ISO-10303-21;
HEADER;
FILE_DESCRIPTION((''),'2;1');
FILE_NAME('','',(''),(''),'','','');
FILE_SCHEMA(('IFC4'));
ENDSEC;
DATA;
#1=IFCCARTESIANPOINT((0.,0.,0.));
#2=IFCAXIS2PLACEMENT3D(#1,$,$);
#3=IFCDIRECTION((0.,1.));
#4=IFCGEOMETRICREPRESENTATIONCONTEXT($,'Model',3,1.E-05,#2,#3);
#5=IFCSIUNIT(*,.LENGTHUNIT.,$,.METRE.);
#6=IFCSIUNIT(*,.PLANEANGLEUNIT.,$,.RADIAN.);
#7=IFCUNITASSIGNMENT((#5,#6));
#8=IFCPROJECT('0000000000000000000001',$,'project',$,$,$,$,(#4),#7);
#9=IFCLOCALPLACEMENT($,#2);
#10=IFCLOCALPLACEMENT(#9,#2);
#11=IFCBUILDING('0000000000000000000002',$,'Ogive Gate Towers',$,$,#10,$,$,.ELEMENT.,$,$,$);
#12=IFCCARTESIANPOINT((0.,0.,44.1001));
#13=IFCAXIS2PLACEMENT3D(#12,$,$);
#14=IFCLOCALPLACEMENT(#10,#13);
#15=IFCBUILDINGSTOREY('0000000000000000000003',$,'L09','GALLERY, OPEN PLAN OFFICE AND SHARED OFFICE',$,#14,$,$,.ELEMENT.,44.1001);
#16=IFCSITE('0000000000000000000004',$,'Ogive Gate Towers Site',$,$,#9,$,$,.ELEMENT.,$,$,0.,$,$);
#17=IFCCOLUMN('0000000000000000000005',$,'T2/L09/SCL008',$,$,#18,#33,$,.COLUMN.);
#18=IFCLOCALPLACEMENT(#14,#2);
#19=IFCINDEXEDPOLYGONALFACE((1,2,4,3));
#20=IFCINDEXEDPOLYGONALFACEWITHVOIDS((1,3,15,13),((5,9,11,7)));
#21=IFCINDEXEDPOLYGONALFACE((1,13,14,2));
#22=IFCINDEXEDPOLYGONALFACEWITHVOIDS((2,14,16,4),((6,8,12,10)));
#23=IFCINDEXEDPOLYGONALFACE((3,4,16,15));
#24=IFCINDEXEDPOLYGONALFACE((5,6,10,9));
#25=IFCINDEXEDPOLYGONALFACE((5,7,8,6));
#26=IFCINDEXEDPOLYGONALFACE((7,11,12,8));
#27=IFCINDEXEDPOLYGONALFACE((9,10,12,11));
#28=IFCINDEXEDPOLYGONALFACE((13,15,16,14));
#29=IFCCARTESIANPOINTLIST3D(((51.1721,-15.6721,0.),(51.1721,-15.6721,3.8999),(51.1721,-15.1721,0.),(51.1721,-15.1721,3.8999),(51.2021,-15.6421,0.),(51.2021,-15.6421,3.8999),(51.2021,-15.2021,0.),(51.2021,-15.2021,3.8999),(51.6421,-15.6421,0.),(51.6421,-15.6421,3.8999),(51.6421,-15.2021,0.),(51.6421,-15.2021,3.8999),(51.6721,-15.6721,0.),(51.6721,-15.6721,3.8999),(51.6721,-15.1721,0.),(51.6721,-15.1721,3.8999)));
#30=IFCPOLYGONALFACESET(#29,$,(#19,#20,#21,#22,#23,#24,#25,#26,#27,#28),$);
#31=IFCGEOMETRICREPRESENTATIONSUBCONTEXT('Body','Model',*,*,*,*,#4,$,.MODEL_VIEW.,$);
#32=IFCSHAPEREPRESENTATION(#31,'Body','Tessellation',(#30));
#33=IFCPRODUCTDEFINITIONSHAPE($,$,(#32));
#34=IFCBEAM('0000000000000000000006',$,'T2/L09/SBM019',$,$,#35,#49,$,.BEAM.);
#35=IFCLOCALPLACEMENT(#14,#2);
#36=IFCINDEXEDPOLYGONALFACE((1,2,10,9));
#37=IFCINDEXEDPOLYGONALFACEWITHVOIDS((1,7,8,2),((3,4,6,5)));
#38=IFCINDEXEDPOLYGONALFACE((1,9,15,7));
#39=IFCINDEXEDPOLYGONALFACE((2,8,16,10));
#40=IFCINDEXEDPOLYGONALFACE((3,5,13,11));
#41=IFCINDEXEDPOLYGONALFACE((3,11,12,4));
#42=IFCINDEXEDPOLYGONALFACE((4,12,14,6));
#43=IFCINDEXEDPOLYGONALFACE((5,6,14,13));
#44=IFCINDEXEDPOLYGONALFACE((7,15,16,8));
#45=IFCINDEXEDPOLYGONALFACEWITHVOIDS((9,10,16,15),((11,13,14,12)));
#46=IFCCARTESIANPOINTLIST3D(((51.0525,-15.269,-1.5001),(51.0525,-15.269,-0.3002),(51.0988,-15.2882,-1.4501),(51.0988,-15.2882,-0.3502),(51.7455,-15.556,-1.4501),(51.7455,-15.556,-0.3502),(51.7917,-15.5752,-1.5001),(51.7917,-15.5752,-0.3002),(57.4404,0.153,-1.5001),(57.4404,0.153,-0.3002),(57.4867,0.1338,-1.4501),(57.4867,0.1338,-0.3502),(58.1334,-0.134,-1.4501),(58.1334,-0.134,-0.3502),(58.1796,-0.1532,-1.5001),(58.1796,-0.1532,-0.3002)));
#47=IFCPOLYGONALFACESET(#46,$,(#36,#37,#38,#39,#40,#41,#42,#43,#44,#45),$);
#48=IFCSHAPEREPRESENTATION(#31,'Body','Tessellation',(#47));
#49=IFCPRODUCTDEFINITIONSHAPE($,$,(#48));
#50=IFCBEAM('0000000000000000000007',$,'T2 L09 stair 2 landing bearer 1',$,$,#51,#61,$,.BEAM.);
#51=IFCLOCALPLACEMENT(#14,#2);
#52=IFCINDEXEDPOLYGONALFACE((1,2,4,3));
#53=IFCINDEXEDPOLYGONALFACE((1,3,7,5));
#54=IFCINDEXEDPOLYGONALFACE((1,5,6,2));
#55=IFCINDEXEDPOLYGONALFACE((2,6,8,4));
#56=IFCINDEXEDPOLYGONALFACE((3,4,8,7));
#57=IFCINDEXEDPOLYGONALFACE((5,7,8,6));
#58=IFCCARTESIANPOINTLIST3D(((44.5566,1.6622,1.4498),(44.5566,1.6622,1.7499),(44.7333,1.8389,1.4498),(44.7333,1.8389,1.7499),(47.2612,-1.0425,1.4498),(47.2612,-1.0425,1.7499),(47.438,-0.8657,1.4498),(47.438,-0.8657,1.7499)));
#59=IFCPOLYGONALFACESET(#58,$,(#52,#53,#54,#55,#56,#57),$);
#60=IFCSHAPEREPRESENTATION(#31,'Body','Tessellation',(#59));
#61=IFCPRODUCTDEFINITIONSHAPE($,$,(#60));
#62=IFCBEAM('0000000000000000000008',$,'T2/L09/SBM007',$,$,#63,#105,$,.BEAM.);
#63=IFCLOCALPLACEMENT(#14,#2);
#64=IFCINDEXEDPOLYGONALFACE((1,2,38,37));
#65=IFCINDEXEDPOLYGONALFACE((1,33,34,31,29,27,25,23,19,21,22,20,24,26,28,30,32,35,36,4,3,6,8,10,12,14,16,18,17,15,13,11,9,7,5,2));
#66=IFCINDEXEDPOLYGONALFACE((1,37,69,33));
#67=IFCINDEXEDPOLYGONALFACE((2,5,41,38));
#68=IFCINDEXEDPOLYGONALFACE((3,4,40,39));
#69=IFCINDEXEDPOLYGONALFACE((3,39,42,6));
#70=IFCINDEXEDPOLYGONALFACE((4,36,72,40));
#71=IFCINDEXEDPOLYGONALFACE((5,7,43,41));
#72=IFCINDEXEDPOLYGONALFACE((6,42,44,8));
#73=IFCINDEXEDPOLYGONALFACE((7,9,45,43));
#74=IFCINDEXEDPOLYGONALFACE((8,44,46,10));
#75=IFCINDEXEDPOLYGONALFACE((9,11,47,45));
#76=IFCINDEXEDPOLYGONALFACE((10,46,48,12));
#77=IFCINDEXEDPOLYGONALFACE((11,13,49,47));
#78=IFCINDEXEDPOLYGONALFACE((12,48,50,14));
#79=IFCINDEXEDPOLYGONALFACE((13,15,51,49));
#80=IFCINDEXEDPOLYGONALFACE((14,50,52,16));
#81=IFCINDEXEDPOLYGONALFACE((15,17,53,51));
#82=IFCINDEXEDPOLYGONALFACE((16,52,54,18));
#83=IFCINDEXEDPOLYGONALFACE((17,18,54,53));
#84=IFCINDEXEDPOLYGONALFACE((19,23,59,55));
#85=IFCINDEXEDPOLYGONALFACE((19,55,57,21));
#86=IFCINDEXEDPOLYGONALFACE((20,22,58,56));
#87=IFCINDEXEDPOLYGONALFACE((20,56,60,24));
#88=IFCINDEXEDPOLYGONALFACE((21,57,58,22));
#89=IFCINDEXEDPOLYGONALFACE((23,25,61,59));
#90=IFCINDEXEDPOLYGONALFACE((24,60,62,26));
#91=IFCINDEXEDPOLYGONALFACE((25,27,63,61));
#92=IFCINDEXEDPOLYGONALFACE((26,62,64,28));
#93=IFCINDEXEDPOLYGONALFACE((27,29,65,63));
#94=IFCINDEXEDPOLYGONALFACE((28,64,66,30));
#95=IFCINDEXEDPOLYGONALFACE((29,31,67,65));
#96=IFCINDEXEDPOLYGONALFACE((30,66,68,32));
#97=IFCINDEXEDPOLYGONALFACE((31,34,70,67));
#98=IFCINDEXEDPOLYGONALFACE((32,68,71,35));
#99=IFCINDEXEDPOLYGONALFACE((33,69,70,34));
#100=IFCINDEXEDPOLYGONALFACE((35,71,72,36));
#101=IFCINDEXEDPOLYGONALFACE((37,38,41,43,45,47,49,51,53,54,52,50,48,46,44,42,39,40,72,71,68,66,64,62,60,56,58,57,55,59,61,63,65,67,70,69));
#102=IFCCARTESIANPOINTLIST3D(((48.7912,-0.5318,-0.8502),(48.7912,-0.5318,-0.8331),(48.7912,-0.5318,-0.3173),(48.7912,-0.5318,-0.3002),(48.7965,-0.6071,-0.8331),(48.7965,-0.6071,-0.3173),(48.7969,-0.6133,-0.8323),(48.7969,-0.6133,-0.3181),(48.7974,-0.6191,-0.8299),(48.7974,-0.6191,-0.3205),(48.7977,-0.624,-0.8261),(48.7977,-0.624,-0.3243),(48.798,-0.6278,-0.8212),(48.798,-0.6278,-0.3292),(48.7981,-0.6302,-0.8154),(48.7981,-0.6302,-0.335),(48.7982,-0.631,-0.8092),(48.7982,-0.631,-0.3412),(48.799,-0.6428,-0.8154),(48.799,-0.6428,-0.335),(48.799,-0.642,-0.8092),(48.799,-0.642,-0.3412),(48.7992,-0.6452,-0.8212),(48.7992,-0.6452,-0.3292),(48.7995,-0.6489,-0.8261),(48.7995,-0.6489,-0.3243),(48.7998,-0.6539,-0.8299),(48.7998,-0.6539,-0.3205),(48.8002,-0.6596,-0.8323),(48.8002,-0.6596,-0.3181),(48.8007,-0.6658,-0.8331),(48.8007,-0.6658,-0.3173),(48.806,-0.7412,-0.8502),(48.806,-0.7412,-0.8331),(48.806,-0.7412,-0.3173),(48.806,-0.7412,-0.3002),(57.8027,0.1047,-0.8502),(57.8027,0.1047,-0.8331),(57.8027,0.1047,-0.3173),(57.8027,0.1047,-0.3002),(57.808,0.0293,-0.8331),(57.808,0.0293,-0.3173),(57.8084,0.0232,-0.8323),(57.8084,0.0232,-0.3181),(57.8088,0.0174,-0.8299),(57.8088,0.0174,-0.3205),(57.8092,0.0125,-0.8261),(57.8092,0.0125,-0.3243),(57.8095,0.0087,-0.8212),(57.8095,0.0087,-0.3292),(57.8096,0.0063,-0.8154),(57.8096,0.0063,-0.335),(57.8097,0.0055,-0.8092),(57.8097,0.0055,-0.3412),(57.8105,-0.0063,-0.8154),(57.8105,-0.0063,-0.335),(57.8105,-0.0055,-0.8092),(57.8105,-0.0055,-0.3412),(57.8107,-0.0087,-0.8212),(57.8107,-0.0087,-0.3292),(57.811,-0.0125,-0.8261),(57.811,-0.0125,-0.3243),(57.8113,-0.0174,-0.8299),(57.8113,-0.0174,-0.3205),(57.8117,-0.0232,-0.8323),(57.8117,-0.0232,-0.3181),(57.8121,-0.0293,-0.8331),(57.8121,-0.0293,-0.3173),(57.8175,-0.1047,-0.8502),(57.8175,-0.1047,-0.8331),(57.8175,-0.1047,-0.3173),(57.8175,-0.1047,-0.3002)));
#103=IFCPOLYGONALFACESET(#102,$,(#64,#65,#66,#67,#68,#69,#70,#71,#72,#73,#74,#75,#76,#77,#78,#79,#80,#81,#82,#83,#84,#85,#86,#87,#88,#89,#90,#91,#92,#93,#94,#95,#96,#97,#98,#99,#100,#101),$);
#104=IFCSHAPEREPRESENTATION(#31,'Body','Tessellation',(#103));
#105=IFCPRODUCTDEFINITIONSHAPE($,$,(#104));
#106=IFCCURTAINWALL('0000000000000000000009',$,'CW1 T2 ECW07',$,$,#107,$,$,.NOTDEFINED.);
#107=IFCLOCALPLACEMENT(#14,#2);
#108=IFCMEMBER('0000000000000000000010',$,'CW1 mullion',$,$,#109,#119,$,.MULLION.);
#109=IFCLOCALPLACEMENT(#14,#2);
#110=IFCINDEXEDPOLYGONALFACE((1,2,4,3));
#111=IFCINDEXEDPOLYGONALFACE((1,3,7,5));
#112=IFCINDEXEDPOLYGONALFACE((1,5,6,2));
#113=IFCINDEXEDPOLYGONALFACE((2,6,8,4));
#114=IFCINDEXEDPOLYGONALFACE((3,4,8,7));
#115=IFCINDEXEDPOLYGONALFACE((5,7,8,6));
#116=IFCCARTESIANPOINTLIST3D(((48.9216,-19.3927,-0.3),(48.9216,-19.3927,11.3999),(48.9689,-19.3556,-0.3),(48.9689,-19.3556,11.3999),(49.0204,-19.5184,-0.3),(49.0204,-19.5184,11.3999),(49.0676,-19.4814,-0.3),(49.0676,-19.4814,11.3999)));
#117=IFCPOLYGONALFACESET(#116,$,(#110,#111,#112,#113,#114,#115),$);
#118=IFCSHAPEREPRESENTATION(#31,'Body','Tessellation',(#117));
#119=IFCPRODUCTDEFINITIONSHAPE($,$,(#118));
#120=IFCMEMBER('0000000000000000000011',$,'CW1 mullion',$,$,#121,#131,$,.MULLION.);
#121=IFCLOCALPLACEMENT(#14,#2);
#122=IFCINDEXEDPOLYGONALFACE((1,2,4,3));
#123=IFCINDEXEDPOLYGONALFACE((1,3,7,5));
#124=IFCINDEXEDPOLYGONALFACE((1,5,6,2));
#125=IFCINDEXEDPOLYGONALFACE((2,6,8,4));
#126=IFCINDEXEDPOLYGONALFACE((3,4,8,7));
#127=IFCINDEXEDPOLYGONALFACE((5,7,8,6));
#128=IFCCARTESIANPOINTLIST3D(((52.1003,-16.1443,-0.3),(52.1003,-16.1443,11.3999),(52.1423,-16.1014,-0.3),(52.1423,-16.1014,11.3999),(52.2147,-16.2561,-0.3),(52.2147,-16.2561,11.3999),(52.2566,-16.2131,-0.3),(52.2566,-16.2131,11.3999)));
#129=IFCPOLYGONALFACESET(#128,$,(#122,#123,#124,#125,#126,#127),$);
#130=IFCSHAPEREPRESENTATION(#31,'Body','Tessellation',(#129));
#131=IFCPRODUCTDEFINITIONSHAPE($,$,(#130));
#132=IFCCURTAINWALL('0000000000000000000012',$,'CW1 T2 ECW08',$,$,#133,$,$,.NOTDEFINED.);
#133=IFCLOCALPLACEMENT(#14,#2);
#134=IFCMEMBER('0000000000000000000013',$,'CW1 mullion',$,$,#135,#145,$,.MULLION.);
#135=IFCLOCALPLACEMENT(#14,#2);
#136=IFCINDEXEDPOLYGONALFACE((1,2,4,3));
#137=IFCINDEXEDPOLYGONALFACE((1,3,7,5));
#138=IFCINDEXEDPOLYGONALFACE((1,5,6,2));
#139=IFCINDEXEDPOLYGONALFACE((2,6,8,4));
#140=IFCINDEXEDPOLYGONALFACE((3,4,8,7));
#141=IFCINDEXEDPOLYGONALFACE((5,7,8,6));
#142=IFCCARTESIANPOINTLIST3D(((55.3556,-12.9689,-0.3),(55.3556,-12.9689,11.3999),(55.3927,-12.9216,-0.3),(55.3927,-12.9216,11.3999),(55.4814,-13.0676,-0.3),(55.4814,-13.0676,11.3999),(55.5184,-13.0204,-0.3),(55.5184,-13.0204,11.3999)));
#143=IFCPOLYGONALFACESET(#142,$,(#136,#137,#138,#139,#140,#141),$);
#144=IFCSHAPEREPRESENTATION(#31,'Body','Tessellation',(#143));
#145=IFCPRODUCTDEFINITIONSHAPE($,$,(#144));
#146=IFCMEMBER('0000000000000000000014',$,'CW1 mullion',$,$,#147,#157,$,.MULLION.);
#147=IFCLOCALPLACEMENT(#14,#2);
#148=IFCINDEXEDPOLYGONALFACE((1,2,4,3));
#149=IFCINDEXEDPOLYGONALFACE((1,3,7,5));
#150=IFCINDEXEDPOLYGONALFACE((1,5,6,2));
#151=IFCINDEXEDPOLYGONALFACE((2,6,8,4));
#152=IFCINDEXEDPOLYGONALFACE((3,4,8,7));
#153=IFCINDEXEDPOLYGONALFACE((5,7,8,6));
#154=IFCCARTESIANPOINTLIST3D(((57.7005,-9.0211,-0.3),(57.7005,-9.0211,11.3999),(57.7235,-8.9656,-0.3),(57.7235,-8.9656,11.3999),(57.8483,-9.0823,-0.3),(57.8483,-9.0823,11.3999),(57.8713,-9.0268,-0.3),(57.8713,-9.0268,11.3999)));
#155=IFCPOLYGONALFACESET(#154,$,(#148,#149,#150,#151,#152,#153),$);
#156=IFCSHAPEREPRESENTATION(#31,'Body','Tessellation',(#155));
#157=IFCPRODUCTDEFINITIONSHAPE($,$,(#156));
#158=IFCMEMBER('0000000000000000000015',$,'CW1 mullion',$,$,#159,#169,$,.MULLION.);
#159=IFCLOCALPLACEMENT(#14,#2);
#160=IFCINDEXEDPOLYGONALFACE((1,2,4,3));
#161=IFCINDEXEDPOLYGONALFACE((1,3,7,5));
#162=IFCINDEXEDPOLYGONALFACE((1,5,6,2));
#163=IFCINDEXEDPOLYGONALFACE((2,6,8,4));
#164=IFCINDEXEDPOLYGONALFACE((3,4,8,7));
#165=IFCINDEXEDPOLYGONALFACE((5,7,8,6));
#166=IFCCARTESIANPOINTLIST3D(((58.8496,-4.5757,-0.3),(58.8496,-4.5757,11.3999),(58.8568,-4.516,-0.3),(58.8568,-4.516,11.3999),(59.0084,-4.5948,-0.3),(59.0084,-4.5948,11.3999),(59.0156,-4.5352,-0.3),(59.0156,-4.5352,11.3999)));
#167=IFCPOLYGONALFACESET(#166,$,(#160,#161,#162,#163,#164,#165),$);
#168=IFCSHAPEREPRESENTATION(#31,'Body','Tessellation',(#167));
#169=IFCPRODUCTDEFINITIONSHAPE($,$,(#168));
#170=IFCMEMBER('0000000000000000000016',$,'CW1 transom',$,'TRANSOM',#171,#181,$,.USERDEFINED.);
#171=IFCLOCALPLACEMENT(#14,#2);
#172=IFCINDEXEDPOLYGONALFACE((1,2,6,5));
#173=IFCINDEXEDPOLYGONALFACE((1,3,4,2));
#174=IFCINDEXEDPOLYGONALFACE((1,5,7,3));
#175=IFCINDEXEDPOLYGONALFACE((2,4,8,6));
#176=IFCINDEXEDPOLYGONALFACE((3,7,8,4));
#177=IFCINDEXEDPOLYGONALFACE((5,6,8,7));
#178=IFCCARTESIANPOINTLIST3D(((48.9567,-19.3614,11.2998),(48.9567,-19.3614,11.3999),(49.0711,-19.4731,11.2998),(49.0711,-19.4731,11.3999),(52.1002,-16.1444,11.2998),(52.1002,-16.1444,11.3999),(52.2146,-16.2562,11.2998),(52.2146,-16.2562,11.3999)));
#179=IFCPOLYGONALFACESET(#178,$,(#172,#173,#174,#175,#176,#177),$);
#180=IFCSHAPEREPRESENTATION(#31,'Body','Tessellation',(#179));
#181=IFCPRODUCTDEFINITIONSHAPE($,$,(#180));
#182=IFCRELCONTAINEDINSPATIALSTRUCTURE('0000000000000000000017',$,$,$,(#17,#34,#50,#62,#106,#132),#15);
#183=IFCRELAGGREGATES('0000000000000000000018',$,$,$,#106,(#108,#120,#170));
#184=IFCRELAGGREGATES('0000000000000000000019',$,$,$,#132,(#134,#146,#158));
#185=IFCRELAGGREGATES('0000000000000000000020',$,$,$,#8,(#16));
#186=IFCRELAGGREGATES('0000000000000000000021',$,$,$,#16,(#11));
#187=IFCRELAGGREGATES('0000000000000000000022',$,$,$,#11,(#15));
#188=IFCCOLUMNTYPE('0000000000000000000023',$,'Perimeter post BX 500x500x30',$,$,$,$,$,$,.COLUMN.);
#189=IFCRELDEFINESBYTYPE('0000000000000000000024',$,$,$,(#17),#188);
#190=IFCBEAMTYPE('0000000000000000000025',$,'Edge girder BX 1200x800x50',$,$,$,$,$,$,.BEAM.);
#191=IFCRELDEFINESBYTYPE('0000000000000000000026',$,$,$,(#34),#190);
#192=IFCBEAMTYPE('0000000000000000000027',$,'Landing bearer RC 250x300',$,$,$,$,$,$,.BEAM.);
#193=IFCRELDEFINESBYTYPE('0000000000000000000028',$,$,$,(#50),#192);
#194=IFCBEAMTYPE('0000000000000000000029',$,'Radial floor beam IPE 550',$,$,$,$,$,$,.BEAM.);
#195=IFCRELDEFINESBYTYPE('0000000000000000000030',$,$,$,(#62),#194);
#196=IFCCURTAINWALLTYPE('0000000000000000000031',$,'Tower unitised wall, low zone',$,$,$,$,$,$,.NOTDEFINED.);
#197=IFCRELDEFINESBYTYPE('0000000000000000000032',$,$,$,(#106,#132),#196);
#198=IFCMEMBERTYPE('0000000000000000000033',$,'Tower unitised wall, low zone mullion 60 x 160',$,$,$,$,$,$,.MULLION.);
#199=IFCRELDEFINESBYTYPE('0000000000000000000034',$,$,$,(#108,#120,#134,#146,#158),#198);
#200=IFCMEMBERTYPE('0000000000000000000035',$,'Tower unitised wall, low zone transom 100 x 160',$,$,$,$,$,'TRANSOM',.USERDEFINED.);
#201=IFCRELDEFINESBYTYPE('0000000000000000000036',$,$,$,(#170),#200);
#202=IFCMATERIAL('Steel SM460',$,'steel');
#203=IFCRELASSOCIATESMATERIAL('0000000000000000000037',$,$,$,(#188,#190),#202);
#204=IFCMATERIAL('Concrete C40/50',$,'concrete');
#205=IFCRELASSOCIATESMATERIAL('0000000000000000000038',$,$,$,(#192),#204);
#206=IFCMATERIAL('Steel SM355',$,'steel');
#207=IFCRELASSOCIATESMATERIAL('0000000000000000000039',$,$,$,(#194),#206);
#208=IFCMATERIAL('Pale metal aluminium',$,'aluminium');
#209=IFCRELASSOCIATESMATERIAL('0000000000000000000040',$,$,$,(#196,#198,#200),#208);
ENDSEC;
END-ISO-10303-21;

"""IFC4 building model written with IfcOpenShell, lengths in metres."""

from ifc_helpers import new_model, si_unit, direction, frame, origin, origin_2d, place, context, subcontext, project, spatial, rectangle, hollow_rectangle, i_section, extrude, material, material_profile, profile_set, type_object, element, aggregate, save


model = new_model("IFC4")

# Units and contexts
model_context = context("Model", 3, precision=1e-05, world=origin(), true_north=direction((0.0, 1.0)))
body_context = subcontext(model_context, "Body", "Model", "MODEL_VIEW")
ifc_project = project(units=[si_unit("LENGTHUNIT", "METRE"), si_unit("PLANEANGLEUNIT", "RADIAN")], contexts=[model_context])

# Site, building, storey
site_placement = place(None, origin())
site = spatial("IfcSite", under=ifc_project, at=site_placement, Name="Ogive Gate Towers Site", CompositionType="ELEMENT", RefElevation=0.0)
building_placement = place(site_placement, origin())
building = spatial("IfcBuilding", under=site, at=building_placement, Name="Ogive Gate Towers", CompositionType="ELEMENT")
storey_placement = place(building_placement, frame((0.0, 0.0, 44.1001)))
storey = spatial("IfcBuildingStorey", under=building, at=storey_placement, Name="L09", Description="GALLERY, OPEN PLAN OFFICE AND SHARED OFFICE", CompositionType="ELEMENT", Elevation=44.1001)

# Column
ifc_material_1 = material(Name="Steel SM460", Category="steel")
ifc_material_profile_1 = material_profile(ifc_material_1, hollow_rectangle(XDim=0.5, YDim=0.5, WallThickness=0.03, at=origin_2d()), Name="BX 500x500x30")
ifc_profile_set_1 = profile_set([ifc_material_profile_1], Name="Steel SM460")
column_type = type_object("IfcColumnType", Name="Perimeter post BX 500x500x30", PredefinedType="COLUMN", material=ifc_profile_set_1)
column_placement = place(storey_placement, frame((51.4221, -15.4221, 0.0), z_axis=(0.0, 0.0, 1.0), x_axis=(1.0, 0.0, 0.0)))
element("IfcColumn", 1, at=column_placement, inside=storey, type_object=column_type, Name="T2/L09/SCL008", PredefinedType="COLUMN", context=body_context, shape_type="SweptSolid", body=[
    extrude(hollow_rectangle(XDim=0.5, YDim=0.5, WallThickness=0.03, at=origin_2d()), origin(), (0.0, 0.0, 1.0), 3.8999),
])

# Beams
ifc_material_profile_2 = material_profile(ifc_material_1, hollow_rectangle(XDim=0.8, YDim=1.2, WallThickness=0.05, at=origin_2d()), Name="BX 1200x800x50")
ifc_profile_set_2 = profile_set([ifc_material_profile_2], Name="Steel SM460")
beam_type_1 = type_object("IfcBeamType", Name="Edge girder BX 1200x800x50", PredefinedType="BEAM", material=ifc_profile_set_2)
beam_1_placement = place(storey_placement, frame((51.4221, -15.4221, -0.9001), z_axis=(0.382678, 0.923882, 0.0), x_axis=(-0.923882, 0.382678, 0.0)))
element("IfcBeam", 2, at=beam_1_placement, inside=storey, type_object=beam_type_1, Name="T2/L09/SBM019", PredefinedType="BEAM", context=body_context, shape_type="SweptSolid", body=[
    extrude(hollow_rectangle(XDim=0.8, YDim=1.2, WallThickness=0.05, at=origin_2d()), origin(), (0.0, 0.0, 1.0), 16.6926),
])
ifc_material_2 = material(Name="Concrete C40/50", Category="concrete")
ifc_material_profile_3 = material_profile(ifc_material_2, rectangle(XDim=0.25, YDim=0.3, at=origin_2d()), Name="RC 250x300")
ifc_profile_set_3 = profile_set([ifc_material_profile_3], Name="Concrete C40/50")
beam_type_2 = type_object("IfcBeamType", Name="Landing bearer RC 250x300", PredefinedType="BEAM", material=ifc_profile_set_3)
beam_2_placement = place(storey_placement, frame((47.3496, -0.9541, 1.5999), z_axis=(-0.707107, 0.707107, 0.0), x_axis=(-0.707107, -0.707107, 0.0)))
element("IfcBeam", 3, at=beam_2_placement, inside=storey, type_object=beam_type_2, Name="T2 L09 stair 2 landing bearer 1", PredefinedType="BEAM", context=body_context, shape_type="SweptSolid", body=[
    extrude(rectangle(XDim=0.25, YDim=0.3, at=origin_2d()), origin(), (0.0, 0.0, 1.0), 3.825),
])
ifc_material_3 = material(Name="Steel SM355", Category="steel")
ifc_material_profile_4 = material_profile(ifc_material_3, i_section(OverallWidth=0.21, OverallDepth=0.55, WebThickness=0.011, FlangeThickness=0.0171, FilletRadius=0.0239, at=origin_2d()), Name="IPE 550")
ifc_profile_set_4 = profile_set([ifc_material_profile_4], Name="Steel SM355")
beam_type_3 = type_object("IfcBeamType", Name="Radial floor beam IPE 550", PredefinedType="BEAM", material=ifc_profile_set_4)
beam_3_placement = place(storey_placement, frame((48.7986, -0.6365, -0.5752), z_axis=(0.997515, 0.070454, 0.0), x_axis=(-0.070454, 0.997515, 0.0)))
element("IfcBeam", 4, at=beam_3_placement, inside=storey, type_object=beam_type_3, Name="T2/L09/SBM007", PredefinedType="BEAM", context=body_context, shape_type="SweptSolid", body=[
    extrude(i_section(OverallWidth=0.21, OverallDepth=0.55, WebThickness=0.011, FlangeThickness=0.0171, FilletRadius=0.0239, at=origin_2d()), origin(), (0.0, 0.0, 1.0), 9.0339),
])

# Curtain walls, members
ifc_material_4 = material(Name="Pale metal aluminium", Category="aluminium")
curtain_wall_type = type_object("IfcCurtainWallType", Name="Tower unitised wall, low zone", PredefinedType="NOTDEFINED", material=ifc_material_4)
curtain_wall_1_placement = place(storey_placement, origin())
curtain_wall_1 = element("IfcCurtainWall", 5, at=curtain_wall_1_placement, inside=storey, type_object=curtain_wall_type, Name="CW1 T2 ECW07", PredefinedType="NOTDEFINED")
ifc_material_profile_5 = material_profile(ifc_material_4, rectangle(XDim=0.1599, YDim=0.0601, at=origin_2d()), Name="60 x 160 aluminium box")
ifc_profile_set_5 = profile_set([ifc_material_profile_5], Name="Pale metal aluminium")
member_type_1 = type_object("IfcMemberType", Name="Tower unitised wall, low zone mullion 60 x 160", PredefinedType="MULLION", material=ifc_profile_set_5)
member_1_placement = place(storey_placement, frame((48.9946, -19.437, -0.3), z_axis=(0.0, 0.0, 1.0), x_axis=(0.617516, -0.786558, 0.0)))
member_1 = element("IfcMember", 6, at=member_1_placement, type_object=member_type_1, Name="CW1 mullion", PredefinedType="MULLION", context=body_context, shape_type="SweptSolid", body=[
    extrude(rectangle(XDim=0.1599, YDim=0.0601, at=origin_2d()), origin(), (0.0, 0.0, 1.0), 11.7),
])
member_2_placement = place(storey_placement, frame((52.1785, -16.1787, -0.3), z_axis=(0.0, 0.0, 1.0), x_axis=(0.715205, -0.698915, 0.0)))
member_2 = element("IfcMember", 7, at=member_2_placement, type_object=member_type_1, Name="CW1 mullion", PredefinedType="MULLION", context=body_context, shape_type="SweptSolid", body=[
    extrude(rectangle(XDim=0.1599, YDim=0.0601, at=origin_2d()), origin(), (0.0, 0.0, 1.0), 11.7),
])
curtain_wall_2_placement = place(storey_placement, origin())
curtain_wall_2 = element("IfcCurtainWall", 8, at=curtain_wall_2_placement, inside=storey, type_object=curtain_wall_type, Name="CW1 T2 ECW08", PredefinedType="NOTDEFINED")
member_3_placement = place(storey_placement, frame((55.437, -12.9946, -0.3), z_axis=(0.0, 0.0, 1.0), x_axis=(0.786558, -0.617516, 0.0)))
member_3 = element("IfcMember", 9, at=member_3_placement, type_object=member_type_1, Name="CW1 mullion", PredefinedType="MULLION", context=body_context, shape_type="SweptSolid", body=[
    extrude(rectangle(XDim=0.1599, YDim=0.0601, at=origin_2d()), origin(), (0.0, 0.0, 1.0), 11.7),
])
member_4_placement = place(storey_placement, frame((57.7859, -9.0239, -0.3), z_axis=(0.0, 0.0, 1.0), x_axis=(0.92388, -0.382683, 0.0)))
member_4 = element("IfcMember", 10, at=member_4_placement, type_object=member_type_1, Name="CW1 mullion", PredefinedType="MULLION", context=body_context, shape_type="SweptSolid", body=[
    extrude(rectangle(XDim=0.1599, YDim=0.0601, at=origin_2d()), origin(), (0.0, 0.0, 1.0), 11.7),
])
member_5_placement = place(storey_placement, frame((58.9326, -4.5554, -0.3), z_axis=(0.0, 0.0, 1.0), x_axis=(0.992828, -0.119548, 0.0)))
member_5 = element("IfcMember", 11, at=member_5_placement, type_object=member_type_1, Name="CW1 mullion", PredefinedType="MULLION", context=body_context, shape_type="SweptSolid", body=[
    extrude(rectangle(XDim=0.1599, YDim=0.0601, at=origin_2d()), origin(), (0.0, 0.0, 1.0), 11.7),
])

# Member
ifc_material_profile_6 = material_profile(ifc_material_4, rectangle(XDim=0.1599, YDim=0.1001, at=origin_2d()), Name="100 x 160 aluminium box")
ifc_profile_set_6 = profile_set([ifc_material_profile_6], Name="Pale metal aluminium")
member_type_2 = type_object("IfcMemberType", Name="Tower unitised wall, low zone transom 100 x 160", ElementType="TRANSOM", PredefinedType="USERDEFINED", material=ifc_profile_set_6)
member_6_placement = place(storey_placement, frame((49.0139, -19.4172, 11.3499), z_axis=(0.698891, 0.715229, 0.0), x_axis=(-0.715229, 0.698891, 0.0)))
member_6 = element("IfcMember", 12, at=member_6_placement, type_object=member_type_2, Name="CW1 transom", ObjectType="TRANSOM", PredefinedType="USERDEFINED", context=body_context, shape_type="SweptSolid", body=[
    extrude(rectangle(XDim=0.1599, YDim=0.1001, at=origin_2d()), origin(), (0.0, 0.0, 1.0), 4.4978),
])

aggregate(curtain_wall_1, [member_1, member_2, member_6])
aggregate(curtain_wall_2, [member_3, member_4, member_5])

save(model, "model.ifc")
